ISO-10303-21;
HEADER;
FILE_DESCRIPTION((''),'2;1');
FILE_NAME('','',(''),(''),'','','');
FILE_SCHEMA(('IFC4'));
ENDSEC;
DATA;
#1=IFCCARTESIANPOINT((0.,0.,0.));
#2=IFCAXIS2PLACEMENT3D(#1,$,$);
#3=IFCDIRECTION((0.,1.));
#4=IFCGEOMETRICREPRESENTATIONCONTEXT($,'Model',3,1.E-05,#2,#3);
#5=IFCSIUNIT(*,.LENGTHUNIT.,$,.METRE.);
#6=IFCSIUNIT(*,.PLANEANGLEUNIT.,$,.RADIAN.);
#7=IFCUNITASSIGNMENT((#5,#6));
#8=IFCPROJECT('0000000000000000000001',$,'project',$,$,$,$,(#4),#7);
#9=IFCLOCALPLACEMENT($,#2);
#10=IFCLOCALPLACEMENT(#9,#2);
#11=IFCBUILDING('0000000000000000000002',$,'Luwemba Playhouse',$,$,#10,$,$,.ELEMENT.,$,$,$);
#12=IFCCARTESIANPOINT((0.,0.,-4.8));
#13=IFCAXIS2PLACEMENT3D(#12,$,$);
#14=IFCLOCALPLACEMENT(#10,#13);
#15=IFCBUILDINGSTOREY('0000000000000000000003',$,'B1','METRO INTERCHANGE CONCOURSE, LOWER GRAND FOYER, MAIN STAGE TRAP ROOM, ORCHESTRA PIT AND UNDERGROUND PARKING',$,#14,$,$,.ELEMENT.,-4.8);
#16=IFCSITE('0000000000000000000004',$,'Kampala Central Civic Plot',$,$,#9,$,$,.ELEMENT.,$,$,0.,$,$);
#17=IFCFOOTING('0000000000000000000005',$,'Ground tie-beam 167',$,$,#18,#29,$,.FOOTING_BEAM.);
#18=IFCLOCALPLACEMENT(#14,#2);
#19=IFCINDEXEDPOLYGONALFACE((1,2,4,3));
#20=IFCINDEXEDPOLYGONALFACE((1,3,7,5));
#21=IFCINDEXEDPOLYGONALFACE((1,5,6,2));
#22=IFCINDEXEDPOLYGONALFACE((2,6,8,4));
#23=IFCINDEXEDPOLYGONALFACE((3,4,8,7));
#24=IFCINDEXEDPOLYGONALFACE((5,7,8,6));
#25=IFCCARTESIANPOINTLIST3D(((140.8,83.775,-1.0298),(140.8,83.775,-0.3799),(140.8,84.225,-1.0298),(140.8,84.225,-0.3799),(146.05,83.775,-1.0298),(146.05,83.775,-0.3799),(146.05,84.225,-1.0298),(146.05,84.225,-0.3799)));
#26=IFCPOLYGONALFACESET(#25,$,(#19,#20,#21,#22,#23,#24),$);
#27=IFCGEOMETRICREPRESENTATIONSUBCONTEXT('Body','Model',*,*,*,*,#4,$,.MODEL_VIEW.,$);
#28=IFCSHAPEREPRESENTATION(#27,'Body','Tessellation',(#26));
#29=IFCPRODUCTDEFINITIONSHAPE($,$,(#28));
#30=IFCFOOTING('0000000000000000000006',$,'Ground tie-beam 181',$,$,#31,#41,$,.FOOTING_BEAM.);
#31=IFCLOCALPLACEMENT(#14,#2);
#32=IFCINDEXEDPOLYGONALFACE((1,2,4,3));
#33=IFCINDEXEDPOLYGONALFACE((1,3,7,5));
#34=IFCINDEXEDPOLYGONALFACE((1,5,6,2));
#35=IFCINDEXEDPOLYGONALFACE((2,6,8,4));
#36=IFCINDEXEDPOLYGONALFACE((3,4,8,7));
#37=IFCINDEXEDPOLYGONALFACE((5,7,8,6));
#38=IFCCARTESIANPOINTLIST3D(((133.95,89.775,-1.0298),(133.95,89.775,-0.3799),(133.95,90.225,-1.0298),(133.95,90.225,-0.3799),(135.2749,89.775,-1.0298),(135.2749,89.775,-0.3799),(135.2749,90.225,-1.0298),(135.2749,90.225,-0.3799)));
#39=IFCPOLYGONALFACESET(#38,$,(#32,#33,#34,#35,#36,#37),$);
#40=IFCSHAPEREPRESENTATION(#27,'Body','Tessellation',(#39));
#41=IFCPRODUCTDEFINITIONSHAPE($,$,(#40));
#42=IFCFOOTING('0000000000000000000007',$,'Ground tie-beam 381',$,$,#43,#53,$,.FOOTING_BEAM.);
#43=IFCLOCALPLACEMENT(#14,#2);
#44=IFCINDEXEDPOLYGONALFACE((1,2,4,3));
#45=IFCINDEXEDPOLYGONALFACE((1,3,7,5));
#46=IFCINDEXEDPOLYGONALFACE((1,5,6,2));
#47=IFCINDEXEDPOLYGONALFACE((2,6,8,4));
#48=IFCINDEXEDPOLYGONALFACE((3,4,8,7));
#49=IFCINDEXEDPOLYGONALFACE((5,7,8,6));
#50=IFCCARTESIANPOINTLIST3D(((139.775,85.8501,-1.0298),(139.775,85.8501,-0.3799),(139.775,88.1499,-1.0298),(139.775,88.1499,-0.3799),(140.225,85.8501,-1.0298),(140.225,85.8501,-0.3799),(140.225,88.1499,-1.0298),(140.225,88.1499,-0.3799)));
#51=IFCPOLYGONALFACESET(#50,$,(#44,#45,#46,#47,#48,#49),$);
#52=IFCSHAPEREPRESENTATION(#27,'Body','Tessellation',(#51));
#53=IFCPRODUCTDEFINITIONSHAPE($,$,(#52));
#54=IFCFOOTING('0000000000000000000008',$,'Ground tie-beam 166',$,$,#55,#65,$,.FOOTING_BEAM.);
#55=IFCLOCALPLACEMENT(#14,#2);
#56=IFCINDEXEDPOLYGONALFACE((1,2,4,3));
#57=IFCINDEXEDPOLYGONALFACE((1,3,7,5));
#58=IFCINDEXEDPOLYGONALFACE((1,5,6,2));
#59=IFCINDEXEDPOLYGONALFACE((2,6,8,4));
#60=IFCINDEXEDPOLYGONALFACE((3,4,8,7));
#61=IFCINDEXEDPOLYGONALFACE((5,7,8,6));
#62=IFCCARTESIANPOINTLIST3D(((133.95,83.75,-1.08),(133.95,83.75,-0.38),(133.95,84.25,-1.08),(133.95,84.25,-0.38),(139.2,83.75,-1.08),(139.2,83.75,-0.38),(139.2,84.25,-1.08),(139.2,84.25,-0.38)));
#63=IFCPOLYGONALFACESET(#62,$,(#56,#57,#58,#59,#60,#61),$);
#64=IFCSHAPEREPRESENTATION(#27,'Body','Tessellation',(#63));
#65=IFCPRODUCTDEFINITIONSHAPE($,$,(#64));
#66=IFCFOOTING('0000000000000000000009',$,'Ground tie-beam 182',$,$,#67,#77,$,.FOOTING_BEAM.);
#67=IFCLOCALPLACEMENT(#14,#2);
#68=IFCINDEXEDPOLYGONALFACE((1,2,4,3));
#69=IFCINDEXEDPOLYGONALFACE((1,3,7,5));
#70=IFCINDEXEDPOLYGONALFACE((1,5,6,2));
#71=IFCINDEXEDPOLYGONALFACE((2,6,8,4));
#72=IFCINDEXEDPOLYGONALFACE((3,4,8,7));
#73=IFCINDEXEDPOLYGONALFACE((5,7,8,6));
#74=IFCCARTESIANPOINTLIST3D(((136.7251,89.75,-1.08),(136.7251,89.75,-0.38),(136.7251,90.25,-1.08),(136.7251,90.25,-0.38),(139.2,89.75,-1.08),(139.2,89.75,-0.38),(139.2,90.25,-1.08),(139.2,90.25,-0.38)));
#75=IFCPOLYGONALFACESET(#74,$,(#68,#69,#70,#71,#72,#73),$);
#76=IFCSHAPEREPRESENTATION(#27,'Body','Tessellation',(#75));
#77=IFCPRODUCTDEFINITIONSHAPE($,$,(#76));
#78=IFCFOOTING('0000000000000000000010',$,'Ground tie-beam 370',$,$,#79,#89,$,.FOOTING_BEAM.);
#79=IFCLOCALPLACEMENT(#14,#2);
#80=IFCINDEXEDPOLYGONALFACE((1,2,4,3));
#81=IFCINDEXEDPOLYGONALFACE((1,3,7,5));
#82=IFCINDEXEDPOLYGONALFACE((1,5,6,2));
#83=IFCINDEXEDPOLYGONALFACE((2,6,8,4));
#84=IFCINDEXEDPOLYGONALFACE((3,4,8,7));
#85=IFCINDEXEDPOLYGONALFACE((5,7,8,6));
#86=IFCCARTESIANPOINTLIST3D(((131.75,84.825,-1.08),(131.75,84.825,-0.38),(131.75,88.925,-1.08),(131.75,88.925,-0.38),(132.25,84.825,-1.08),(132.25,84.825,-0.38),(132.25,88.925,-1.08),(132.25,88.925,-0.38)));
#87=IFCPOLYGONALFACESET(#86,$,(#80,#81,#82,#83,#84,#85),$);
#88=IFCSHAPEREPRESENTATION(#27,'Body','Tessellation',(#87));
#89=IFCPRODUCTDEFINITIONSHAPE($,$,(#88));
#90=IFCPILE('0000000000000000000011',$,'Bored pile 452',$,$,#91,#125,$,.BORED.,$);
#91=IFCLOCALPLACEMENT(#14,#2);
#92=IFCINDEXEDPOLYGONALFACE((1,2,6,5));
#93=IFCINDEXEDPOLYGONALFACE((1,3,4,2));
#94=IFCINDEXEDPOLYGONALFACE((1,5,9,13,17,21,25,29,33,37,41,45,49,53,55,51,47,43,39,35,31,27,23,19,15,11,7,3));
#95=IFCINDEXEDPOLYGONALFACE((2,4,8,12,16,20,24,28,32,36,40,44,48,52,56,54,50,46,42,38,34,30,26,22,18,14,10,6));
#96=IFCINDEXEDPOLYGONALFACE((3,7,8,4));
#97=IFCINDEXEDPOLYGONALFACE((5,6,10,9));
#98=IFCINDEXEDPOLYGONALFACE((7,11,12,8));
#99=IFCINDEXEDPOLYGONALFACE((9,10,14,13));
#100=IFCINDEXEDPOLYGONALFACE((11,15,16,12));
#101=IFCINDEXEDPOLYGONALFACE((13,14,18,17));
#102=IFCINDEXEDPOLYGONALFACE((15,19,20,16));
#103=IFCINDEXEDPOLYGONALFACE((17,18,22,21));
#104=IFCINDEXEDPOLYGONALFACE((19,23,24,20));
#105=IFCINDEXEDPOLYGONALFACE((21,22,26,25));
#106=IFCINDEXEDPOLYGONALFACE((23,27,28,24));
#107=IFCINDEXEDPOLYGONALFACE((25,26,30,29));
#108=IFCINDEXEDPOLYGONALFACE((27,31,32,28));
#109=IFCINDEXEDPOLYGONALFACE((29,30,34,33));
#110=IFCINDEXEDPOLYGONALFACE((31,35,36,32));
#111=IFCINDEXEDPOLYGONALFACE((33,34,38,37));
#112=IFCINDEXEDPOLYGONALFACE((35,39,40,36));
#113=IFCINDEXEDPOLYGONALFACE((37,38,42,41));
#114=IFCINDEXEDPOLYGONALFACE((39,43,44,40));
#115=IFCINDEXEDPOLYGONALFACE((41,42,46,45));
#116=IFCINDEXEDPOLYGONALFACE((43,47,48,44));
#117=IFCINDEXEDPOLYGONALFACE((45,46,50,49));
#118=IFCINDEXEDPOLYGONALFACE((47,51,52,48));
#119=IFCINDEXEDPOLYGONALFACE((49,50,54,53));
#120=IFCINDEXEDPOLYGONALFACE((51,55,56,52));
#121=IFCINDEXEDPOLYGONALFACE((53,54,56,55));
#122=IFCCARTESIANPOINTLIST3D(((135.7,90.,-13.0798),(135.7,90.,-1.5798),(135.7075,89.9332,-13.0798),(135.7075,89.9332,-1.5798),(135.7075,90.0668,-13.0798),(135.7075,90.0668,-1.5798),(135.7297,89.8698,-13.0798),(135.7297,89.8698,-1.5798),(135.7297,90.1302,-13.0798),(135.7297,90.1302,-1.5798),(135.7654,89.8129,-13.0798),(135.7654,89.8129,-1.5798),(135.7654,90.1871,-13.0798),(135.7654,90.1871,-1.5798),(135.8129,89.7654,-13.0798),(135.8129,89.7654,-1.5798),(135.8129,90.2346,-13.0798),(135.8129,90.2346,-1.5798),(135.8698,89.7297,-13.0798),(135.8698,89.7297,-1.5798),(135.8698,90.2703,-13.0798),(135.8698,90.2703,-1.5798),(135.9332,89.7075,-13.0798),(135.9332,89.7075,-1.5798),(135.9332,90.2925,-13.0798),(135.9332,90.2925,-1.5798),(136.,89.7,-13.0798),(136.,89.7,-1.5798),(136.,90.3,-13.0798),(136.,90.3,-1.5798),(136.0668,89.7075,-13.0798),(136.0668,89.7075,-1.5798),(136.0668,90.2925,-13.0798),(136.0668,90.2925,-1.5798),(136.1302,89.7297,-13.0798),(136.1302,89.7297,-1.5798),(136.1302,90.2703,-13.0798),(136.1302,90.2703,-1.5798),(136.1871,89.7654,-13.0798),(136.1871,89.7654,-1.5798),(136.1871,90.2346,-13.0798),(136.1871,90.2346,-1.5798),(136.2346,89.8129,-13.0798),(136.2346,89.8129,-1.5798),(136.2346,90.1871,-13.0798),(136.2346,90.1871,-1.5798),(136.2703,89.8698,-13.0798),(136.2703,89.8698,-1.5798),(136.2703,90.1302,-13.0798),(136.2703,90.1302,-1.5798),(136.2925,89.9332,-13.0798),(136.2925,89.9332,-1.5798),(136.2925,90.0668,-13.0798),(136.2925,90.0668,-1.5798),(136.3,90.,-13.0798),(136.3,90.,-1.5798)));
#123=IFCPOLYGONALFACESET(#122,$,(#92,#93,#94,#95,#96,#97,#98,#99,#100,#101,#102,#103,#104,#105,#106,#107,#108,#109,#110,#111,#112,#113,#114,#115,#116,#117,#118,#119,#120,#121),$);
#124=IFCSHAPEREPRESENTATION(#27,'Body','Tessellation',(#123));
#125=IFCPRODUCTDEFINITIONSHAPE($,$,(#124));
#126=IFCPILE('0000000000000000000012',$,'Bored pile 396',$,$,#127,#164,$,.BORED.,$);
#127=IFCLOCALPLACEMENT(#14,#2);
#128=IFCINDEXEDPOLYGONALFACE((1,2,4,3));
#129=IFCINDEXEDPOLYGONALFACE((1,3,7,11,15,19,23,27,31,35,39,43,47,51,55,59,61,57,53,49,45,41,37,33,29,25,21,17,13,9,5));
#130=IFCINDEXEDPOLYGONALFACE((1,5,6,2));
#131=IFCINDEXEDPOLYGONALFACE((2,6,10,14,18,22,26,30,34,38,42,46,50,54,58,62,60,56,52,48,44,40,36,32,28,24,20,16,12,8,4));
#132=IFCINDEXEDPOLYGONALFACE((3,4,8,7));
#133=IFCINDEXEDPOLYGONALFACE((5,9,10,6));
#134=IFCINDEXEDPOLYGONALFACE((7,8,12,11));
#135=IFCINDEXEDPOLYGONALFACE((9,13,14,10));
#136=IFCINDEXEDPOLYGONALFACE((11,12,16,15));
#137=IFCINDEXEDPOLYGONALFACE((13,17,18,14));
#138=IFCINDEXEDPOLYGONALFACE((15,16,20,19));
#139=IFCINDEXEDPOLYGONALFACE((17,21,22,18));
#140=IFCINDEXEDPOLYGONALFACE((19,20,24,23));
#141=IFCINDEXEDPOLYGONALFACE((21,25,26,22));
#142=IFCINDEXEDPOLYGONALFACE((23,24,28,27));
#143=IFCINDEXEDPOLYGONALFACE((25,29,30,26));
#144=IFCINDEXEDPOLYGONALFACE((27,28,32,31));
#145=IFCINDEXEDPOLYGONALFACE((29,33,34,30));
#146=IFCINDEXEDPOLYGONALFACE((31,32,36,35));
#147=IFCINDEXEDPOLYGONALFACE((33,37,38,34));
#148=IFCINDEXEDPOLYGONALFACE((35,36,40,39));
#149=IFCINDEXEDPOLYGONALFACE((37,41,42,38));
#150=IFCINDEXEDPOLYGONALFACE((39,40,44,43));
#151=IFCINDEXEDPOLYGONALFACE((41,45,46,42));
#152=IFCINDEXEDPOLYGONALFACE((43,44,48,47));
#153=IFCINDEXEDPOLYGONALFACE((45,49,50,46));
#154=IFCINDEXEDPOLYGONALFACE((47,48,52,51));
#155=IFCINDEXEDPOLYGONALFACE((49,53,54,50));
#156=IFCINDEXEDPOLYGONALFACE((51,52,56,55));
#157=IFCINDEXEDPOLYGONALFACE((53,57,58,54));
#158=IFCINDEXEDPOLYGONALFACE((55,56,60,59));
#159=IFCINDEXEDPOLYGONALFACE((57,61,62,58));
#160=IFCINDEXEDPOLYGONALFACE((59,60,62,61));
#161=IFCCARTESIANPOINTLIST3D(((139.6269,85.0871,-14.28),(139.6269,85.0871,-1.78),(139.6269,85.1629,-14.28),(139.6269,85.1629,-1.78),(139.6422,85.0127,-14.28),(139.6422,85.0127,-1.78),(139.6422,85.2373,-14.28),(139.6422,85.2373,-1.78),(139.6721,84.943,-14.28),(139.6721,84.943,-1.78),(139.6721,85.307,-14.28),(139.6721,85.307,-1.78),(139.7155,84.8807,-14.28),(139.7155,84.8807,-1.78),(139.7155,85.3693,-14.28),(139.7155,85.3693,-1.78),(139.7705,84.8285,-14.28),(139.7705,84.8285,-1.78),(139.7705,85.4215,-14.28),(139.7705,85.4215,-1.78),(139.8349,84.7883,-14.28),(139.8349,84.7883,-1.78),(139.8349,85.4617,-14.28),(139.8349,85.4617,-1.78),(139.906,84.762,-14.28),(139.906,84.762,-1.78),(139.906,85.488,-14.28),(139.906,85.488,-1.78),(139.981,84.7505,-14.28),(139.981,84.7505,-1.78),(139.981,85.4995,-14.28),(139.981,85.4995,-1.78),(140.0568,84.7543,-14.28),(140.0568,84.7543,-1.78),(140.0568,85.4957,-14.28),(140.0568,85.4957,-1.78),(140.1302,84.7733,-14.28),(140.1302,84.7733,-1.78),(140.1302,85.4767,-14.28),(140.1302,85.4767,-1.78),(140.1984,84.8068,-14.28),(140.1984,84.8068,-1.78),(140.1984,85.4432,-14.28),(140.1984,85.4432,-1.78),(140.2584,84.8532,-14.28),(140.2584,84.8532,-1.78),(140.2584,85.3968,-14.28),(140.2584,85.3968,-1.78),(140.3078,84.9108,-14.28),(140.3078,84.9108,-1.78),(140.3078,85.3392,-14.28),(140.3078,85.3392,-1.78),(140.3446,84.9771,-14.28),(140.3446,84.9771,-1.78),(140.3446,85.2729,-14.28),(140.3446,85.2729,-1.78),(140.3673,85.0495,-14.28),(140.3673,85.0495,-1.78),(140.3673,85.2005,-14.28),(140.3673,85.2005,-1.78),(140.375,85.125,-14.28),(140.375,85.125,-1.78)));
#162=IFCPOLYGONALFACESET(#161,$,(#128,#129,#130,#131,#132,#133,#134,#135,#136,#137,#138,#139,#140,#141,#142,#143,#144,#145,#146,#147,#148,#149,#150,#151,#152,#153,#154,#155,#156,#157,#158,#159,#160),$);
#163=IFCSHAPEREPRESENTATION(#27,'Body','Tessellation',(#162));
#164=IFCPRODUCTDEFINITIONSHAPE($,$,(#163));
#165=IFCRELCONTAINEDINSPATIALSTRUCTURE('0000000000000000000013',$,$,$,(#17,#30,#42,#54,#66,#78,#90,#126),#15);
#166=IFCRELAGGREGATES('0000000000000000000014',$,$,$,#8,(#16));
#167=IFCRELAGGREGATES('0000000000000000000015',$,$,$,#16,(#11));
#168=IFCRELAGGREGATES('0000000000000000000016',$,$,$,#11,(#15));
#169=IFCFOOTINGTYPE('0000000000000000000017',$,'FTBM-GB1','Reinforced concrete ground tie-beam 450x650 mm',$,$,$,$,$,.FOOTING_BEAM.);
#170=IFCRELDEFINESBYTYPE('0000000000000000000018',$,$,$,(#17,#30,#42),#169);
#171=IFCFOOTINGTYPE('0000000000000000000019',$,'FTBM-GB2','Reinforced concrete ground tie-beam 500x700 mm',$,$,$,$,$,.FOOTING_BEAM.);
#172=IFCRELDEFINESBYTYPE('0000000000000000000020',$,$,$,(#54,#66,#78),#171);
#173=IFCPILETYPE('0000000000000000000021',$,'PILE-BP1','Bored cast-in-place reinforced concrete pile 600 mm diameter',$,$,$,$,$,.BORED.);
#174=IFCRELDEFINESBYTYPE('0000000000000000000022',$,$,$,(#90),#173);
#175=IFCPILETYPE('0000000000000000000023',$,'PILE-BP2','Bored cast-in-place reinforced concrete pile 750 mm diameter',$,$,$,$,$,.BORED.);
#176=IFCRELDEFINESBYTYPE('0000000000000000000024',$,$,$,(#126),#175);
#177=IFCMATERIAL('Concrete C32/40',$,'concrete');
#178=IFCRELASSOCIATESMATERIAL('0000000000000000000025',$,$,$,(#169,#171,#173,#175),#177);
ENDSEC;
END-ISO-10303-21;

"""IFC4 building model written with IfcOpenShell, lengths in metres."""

from ifc_helpers import new_model, si_unit, direction, frame, origin, origin_2d, place, context, subcontext, project, spatial, rectangle, circle, extrude, material, material_profile, profile_set, type_object, element, save


model = new_model("IFC4")

# Units and contexts
model_context = context("Model", 3, precision=1e-05, world=origin(), true_north=direction((0.0, 1.0)))
body_context = subcontext(model_context, "Body", "Model", "MODEL_VIEW")
ifc_project = project(units=[si_unit("LENGTHUNIT", "METRE"), si_unit("PLANEANGLEUNIT", "RADIAN")], contexts=[model_context])

# Site, building, storey
site_placement = place(None, origin())
site = spatial("IfcSite", under=ifc_project, at=site_placement, Name="Kampala Central Civic Plot", CompositionType="ELEMENT", RefElevation=0.0)
building_placement = place(site_placement, origin())
building = spatial("IfcBuilding", under=site, at=building_placement, Name="Luwemba Playhouse", CompositionType="ELEMENT")
storey_placement = place(building_placement, frame((0.0, 0.0, -4.8)))
storey = spatial("IfcBuildingStorey", under=building, at=storey_placement, Name="B1", Description="METRO INTERCHANGE CONCOURSE, LOWER GRAND FOYER, MAIN STAGE TRAP ROOM, ORCHESTRA PIT AND UNDERGROUND PARKING", CompositionType="ELEMENT", Elevation=-4.8)

# Footings
ifc_material_1 = material(Name="Concrete C32/40", Category="concrete")
ifc_material_profile_1 = material_profile(ifc_material_1, rectangle(XDim=0.45, YDim=0.6499, at=origin_2d()))
ifc_profile_set_1 = profile_set([ifc_material_profile_1], Name="Concrete C32/40")
footing_type_1 = type_object("IfcFootingType", Name="FTBM-GB1", Description="Reinforced concrete ground tie-beam 450x650 mm", PredefinedType="FOOTING_BEAM", material=ifc_profile_set_1)
footing_1_placement = place(storey_placement, frame((140.8, 84.0, -0.7048), z_axis=(1.0, 0.0, 0.0), x_axis=(0.0, 1.0, 0.0)))
element("IfcFooting", 1, at=footing_1_placement, inside=storey, type_object=footing_type_1, Name="Ground tie-beam 167", PredefinedType="FOOTING_BEAM", context=body_context, shape_type="SweptSolid", body=[
    extrude(rectangle(XDim=0.45, YDim=0.6499, at=origin_2d()), origin(), (0.0, 0.0, 1.0), 5.25),
])
footing_2_placement = place(storey_placement, frame((133.95, 90.0, -0.7048), z_axis=(1.0, 0.0, 0.0), x_axis=(0.0, 1.0, 0.0)))
element("IfcFooting", 2, at=footing_2_placement, inside=storey, type_object=footing_type_1, Name="Ground tie-beam 181", PredefinedType="FOOTING_BEAM", context=body_context, shape_type="SweptSolid", body=[
    extrude(rectangle(XDim=0.45, YDim=0.6499, at=origin_2d()), origin(), (0.0, 0.0, 1.0), 1.325),
])
footing_3_placement = place(storey_placement, frame((140.0, 85.8501, -0.7048), z_axis=(0.0, 1.0, 0.0), x_axis=(-1.0, 0.0, 0.0)))
element("IfcFooting", 3, at=footing_3_placement, inside=storey, type_object=footing_type_1, Name="Ground tie-beam 381", PredefinedType="FOOTING_BEAM", context=body_context, shape_type="SweptSolid", body=[
    extrude(rectangle(XDim=0.45, YDim=0.6499, at=origin_2d()), origin(), (0.0, 0.0, 1.0), 2.2998),
])
ifc_material_profile_2 = material_profile(ifc_material_1, rectangle(XDim=0.5, YDim=0.7, at=origin_2d()))
ifc_profile_set_2 = profile_set([ifc_material_profile_2], Name="Concrete C32/40")
footing_type_2 = type_object("IfcFootingType", Name="FTBM-GB2", Description="Reinforced concrete ground tie-beam 500x700 mm", PredefinedType="FOOTING_BEAM", material=ifc_profile_set_2)
footing_4_placement = place(storey_placement, frame((133.95, 84.0, -0.73), z_axis=(1.0, 0.0, 0.0), x_axis=(0.0, 1.0, 0.0)))
element("IfcFooting", 4, at=footing_4_placement, inside=storey, type_object=footing_type_2, Name="Ground tie-beam 166", PredefinedType="FOOTING_BEAM", context=body_context, shape_type="SweptSolid", body=[
    extrude(rectangle(XDim=0.5, YDim=0.7, at=origin_2d()), origin(), (0.0, 0.0, 1.0), 5.25),
])
footing_5_placement = place(storey_placement, frame((136.7251, 90.0, -0.73), z_axis=(1.0, 0.0, 0.0), x_axis=(0.0, 1.0, 0.0)))
element("IfcFooting", 5, at=footing_5_placement, inside=storey, type_object=footing_type_2, Name="Ground tie-beam 182", PredefinedType="FOOTING_BEAM", context=body_context, shape_type="SweptSolid", body=[
    extrude(rectangle(XDim=0.5, YDim=0.7, at=origin_2d()), origin(), (0.0, 0.0, 1.0), 2.4749),
])
footing_6_placement = place(storey_placement, frame((132.0, 84.825, -0.73), z_axis=(0.0, 1.0, 0.0), x_axis=(-1.0, 0.0, 0.0)))
element("IfcFooting", 6, at=footing_6_placement, inside=storey, type_object=footing_type_2, Name="Ground tie-beam 370", PredefinedType="FOOTING_BEAM", context=body_context, shape_type="SweptSolid", body=[
    extrude(rectangle(XDim=0.5, YDim=0.7, at=origin_2d()), origin(), (0.0, 0.0, 1.0), 4.1001),
])

# Piles
ifc_material_profile_3 = material_profile(ifc_material_1, circle(Radius=0.3, at=origin_2d()))
ifc_profile_set_3 = profile_set([ifc_material_profile_3], Name="Concrete C32/40")
pile_type_1 = type_object("IfcPileType", Name="PILE-BP1", Description="Bored cast-in-place reinforced concrete pile 600 mm diameter", PredefinedType="BORED", material=ifc_profile_set_3)
pile_placement = place(storey_placement, frame((136.0, 90.0, -1.5798), z_axis=(0.0, 0.0, -1.0), x_axis=(1.0, 0.0, 0.0)))
element("IfcPile", 7, at=pile_placement, inside=storey, type_object=pile_type_1, Name="Bored pile 452", PredefinedType="BORED", context=body_context, shape_type="SweptSolid", body=[
    extrude(circle(Radius=0.3, at=origin_2d()), origin(), (0.0, 0.0, 1.0), 11.5),
])
ifc_material_profile_4 = material_profile(ifc_material_1, circle(Radius=0.375, at=origin_2d()))
ifc_profile_set_4 = profile_set([ifc_material_profile_4], Name="Concrete C32/40")
pile_type_2 = type_object("IfcPileType", Name="PILE-BP2", Description="Bored cast-in-place reinforced concrete pile 750 mm diameter", PredefinedType="BORED", material=ifc_profile_set_4)
for number, where, z_axis, x_axis, name in (
    (8, (140.0, 85.125, -1.78), (0.0, 0.0, -1.0), (1.0, 0.0, 0.0), "Bored pile 396"),
):
    element("IfcPile", number, at=place(storey_placement, frame(where, z_axis=z_axis, x_axis=x_axis)), inside=storey, type_object=pile_type_2, Name=name, PredefinedType="BORED", context=body_context, shape_type="SweptSolid", body=[
        extrude(circle(Radius=0.375, at=origin_2d()), origin(), (0.0, 0.0, 1.0), 12.5),
    ])

save(model, "model.ifc")
